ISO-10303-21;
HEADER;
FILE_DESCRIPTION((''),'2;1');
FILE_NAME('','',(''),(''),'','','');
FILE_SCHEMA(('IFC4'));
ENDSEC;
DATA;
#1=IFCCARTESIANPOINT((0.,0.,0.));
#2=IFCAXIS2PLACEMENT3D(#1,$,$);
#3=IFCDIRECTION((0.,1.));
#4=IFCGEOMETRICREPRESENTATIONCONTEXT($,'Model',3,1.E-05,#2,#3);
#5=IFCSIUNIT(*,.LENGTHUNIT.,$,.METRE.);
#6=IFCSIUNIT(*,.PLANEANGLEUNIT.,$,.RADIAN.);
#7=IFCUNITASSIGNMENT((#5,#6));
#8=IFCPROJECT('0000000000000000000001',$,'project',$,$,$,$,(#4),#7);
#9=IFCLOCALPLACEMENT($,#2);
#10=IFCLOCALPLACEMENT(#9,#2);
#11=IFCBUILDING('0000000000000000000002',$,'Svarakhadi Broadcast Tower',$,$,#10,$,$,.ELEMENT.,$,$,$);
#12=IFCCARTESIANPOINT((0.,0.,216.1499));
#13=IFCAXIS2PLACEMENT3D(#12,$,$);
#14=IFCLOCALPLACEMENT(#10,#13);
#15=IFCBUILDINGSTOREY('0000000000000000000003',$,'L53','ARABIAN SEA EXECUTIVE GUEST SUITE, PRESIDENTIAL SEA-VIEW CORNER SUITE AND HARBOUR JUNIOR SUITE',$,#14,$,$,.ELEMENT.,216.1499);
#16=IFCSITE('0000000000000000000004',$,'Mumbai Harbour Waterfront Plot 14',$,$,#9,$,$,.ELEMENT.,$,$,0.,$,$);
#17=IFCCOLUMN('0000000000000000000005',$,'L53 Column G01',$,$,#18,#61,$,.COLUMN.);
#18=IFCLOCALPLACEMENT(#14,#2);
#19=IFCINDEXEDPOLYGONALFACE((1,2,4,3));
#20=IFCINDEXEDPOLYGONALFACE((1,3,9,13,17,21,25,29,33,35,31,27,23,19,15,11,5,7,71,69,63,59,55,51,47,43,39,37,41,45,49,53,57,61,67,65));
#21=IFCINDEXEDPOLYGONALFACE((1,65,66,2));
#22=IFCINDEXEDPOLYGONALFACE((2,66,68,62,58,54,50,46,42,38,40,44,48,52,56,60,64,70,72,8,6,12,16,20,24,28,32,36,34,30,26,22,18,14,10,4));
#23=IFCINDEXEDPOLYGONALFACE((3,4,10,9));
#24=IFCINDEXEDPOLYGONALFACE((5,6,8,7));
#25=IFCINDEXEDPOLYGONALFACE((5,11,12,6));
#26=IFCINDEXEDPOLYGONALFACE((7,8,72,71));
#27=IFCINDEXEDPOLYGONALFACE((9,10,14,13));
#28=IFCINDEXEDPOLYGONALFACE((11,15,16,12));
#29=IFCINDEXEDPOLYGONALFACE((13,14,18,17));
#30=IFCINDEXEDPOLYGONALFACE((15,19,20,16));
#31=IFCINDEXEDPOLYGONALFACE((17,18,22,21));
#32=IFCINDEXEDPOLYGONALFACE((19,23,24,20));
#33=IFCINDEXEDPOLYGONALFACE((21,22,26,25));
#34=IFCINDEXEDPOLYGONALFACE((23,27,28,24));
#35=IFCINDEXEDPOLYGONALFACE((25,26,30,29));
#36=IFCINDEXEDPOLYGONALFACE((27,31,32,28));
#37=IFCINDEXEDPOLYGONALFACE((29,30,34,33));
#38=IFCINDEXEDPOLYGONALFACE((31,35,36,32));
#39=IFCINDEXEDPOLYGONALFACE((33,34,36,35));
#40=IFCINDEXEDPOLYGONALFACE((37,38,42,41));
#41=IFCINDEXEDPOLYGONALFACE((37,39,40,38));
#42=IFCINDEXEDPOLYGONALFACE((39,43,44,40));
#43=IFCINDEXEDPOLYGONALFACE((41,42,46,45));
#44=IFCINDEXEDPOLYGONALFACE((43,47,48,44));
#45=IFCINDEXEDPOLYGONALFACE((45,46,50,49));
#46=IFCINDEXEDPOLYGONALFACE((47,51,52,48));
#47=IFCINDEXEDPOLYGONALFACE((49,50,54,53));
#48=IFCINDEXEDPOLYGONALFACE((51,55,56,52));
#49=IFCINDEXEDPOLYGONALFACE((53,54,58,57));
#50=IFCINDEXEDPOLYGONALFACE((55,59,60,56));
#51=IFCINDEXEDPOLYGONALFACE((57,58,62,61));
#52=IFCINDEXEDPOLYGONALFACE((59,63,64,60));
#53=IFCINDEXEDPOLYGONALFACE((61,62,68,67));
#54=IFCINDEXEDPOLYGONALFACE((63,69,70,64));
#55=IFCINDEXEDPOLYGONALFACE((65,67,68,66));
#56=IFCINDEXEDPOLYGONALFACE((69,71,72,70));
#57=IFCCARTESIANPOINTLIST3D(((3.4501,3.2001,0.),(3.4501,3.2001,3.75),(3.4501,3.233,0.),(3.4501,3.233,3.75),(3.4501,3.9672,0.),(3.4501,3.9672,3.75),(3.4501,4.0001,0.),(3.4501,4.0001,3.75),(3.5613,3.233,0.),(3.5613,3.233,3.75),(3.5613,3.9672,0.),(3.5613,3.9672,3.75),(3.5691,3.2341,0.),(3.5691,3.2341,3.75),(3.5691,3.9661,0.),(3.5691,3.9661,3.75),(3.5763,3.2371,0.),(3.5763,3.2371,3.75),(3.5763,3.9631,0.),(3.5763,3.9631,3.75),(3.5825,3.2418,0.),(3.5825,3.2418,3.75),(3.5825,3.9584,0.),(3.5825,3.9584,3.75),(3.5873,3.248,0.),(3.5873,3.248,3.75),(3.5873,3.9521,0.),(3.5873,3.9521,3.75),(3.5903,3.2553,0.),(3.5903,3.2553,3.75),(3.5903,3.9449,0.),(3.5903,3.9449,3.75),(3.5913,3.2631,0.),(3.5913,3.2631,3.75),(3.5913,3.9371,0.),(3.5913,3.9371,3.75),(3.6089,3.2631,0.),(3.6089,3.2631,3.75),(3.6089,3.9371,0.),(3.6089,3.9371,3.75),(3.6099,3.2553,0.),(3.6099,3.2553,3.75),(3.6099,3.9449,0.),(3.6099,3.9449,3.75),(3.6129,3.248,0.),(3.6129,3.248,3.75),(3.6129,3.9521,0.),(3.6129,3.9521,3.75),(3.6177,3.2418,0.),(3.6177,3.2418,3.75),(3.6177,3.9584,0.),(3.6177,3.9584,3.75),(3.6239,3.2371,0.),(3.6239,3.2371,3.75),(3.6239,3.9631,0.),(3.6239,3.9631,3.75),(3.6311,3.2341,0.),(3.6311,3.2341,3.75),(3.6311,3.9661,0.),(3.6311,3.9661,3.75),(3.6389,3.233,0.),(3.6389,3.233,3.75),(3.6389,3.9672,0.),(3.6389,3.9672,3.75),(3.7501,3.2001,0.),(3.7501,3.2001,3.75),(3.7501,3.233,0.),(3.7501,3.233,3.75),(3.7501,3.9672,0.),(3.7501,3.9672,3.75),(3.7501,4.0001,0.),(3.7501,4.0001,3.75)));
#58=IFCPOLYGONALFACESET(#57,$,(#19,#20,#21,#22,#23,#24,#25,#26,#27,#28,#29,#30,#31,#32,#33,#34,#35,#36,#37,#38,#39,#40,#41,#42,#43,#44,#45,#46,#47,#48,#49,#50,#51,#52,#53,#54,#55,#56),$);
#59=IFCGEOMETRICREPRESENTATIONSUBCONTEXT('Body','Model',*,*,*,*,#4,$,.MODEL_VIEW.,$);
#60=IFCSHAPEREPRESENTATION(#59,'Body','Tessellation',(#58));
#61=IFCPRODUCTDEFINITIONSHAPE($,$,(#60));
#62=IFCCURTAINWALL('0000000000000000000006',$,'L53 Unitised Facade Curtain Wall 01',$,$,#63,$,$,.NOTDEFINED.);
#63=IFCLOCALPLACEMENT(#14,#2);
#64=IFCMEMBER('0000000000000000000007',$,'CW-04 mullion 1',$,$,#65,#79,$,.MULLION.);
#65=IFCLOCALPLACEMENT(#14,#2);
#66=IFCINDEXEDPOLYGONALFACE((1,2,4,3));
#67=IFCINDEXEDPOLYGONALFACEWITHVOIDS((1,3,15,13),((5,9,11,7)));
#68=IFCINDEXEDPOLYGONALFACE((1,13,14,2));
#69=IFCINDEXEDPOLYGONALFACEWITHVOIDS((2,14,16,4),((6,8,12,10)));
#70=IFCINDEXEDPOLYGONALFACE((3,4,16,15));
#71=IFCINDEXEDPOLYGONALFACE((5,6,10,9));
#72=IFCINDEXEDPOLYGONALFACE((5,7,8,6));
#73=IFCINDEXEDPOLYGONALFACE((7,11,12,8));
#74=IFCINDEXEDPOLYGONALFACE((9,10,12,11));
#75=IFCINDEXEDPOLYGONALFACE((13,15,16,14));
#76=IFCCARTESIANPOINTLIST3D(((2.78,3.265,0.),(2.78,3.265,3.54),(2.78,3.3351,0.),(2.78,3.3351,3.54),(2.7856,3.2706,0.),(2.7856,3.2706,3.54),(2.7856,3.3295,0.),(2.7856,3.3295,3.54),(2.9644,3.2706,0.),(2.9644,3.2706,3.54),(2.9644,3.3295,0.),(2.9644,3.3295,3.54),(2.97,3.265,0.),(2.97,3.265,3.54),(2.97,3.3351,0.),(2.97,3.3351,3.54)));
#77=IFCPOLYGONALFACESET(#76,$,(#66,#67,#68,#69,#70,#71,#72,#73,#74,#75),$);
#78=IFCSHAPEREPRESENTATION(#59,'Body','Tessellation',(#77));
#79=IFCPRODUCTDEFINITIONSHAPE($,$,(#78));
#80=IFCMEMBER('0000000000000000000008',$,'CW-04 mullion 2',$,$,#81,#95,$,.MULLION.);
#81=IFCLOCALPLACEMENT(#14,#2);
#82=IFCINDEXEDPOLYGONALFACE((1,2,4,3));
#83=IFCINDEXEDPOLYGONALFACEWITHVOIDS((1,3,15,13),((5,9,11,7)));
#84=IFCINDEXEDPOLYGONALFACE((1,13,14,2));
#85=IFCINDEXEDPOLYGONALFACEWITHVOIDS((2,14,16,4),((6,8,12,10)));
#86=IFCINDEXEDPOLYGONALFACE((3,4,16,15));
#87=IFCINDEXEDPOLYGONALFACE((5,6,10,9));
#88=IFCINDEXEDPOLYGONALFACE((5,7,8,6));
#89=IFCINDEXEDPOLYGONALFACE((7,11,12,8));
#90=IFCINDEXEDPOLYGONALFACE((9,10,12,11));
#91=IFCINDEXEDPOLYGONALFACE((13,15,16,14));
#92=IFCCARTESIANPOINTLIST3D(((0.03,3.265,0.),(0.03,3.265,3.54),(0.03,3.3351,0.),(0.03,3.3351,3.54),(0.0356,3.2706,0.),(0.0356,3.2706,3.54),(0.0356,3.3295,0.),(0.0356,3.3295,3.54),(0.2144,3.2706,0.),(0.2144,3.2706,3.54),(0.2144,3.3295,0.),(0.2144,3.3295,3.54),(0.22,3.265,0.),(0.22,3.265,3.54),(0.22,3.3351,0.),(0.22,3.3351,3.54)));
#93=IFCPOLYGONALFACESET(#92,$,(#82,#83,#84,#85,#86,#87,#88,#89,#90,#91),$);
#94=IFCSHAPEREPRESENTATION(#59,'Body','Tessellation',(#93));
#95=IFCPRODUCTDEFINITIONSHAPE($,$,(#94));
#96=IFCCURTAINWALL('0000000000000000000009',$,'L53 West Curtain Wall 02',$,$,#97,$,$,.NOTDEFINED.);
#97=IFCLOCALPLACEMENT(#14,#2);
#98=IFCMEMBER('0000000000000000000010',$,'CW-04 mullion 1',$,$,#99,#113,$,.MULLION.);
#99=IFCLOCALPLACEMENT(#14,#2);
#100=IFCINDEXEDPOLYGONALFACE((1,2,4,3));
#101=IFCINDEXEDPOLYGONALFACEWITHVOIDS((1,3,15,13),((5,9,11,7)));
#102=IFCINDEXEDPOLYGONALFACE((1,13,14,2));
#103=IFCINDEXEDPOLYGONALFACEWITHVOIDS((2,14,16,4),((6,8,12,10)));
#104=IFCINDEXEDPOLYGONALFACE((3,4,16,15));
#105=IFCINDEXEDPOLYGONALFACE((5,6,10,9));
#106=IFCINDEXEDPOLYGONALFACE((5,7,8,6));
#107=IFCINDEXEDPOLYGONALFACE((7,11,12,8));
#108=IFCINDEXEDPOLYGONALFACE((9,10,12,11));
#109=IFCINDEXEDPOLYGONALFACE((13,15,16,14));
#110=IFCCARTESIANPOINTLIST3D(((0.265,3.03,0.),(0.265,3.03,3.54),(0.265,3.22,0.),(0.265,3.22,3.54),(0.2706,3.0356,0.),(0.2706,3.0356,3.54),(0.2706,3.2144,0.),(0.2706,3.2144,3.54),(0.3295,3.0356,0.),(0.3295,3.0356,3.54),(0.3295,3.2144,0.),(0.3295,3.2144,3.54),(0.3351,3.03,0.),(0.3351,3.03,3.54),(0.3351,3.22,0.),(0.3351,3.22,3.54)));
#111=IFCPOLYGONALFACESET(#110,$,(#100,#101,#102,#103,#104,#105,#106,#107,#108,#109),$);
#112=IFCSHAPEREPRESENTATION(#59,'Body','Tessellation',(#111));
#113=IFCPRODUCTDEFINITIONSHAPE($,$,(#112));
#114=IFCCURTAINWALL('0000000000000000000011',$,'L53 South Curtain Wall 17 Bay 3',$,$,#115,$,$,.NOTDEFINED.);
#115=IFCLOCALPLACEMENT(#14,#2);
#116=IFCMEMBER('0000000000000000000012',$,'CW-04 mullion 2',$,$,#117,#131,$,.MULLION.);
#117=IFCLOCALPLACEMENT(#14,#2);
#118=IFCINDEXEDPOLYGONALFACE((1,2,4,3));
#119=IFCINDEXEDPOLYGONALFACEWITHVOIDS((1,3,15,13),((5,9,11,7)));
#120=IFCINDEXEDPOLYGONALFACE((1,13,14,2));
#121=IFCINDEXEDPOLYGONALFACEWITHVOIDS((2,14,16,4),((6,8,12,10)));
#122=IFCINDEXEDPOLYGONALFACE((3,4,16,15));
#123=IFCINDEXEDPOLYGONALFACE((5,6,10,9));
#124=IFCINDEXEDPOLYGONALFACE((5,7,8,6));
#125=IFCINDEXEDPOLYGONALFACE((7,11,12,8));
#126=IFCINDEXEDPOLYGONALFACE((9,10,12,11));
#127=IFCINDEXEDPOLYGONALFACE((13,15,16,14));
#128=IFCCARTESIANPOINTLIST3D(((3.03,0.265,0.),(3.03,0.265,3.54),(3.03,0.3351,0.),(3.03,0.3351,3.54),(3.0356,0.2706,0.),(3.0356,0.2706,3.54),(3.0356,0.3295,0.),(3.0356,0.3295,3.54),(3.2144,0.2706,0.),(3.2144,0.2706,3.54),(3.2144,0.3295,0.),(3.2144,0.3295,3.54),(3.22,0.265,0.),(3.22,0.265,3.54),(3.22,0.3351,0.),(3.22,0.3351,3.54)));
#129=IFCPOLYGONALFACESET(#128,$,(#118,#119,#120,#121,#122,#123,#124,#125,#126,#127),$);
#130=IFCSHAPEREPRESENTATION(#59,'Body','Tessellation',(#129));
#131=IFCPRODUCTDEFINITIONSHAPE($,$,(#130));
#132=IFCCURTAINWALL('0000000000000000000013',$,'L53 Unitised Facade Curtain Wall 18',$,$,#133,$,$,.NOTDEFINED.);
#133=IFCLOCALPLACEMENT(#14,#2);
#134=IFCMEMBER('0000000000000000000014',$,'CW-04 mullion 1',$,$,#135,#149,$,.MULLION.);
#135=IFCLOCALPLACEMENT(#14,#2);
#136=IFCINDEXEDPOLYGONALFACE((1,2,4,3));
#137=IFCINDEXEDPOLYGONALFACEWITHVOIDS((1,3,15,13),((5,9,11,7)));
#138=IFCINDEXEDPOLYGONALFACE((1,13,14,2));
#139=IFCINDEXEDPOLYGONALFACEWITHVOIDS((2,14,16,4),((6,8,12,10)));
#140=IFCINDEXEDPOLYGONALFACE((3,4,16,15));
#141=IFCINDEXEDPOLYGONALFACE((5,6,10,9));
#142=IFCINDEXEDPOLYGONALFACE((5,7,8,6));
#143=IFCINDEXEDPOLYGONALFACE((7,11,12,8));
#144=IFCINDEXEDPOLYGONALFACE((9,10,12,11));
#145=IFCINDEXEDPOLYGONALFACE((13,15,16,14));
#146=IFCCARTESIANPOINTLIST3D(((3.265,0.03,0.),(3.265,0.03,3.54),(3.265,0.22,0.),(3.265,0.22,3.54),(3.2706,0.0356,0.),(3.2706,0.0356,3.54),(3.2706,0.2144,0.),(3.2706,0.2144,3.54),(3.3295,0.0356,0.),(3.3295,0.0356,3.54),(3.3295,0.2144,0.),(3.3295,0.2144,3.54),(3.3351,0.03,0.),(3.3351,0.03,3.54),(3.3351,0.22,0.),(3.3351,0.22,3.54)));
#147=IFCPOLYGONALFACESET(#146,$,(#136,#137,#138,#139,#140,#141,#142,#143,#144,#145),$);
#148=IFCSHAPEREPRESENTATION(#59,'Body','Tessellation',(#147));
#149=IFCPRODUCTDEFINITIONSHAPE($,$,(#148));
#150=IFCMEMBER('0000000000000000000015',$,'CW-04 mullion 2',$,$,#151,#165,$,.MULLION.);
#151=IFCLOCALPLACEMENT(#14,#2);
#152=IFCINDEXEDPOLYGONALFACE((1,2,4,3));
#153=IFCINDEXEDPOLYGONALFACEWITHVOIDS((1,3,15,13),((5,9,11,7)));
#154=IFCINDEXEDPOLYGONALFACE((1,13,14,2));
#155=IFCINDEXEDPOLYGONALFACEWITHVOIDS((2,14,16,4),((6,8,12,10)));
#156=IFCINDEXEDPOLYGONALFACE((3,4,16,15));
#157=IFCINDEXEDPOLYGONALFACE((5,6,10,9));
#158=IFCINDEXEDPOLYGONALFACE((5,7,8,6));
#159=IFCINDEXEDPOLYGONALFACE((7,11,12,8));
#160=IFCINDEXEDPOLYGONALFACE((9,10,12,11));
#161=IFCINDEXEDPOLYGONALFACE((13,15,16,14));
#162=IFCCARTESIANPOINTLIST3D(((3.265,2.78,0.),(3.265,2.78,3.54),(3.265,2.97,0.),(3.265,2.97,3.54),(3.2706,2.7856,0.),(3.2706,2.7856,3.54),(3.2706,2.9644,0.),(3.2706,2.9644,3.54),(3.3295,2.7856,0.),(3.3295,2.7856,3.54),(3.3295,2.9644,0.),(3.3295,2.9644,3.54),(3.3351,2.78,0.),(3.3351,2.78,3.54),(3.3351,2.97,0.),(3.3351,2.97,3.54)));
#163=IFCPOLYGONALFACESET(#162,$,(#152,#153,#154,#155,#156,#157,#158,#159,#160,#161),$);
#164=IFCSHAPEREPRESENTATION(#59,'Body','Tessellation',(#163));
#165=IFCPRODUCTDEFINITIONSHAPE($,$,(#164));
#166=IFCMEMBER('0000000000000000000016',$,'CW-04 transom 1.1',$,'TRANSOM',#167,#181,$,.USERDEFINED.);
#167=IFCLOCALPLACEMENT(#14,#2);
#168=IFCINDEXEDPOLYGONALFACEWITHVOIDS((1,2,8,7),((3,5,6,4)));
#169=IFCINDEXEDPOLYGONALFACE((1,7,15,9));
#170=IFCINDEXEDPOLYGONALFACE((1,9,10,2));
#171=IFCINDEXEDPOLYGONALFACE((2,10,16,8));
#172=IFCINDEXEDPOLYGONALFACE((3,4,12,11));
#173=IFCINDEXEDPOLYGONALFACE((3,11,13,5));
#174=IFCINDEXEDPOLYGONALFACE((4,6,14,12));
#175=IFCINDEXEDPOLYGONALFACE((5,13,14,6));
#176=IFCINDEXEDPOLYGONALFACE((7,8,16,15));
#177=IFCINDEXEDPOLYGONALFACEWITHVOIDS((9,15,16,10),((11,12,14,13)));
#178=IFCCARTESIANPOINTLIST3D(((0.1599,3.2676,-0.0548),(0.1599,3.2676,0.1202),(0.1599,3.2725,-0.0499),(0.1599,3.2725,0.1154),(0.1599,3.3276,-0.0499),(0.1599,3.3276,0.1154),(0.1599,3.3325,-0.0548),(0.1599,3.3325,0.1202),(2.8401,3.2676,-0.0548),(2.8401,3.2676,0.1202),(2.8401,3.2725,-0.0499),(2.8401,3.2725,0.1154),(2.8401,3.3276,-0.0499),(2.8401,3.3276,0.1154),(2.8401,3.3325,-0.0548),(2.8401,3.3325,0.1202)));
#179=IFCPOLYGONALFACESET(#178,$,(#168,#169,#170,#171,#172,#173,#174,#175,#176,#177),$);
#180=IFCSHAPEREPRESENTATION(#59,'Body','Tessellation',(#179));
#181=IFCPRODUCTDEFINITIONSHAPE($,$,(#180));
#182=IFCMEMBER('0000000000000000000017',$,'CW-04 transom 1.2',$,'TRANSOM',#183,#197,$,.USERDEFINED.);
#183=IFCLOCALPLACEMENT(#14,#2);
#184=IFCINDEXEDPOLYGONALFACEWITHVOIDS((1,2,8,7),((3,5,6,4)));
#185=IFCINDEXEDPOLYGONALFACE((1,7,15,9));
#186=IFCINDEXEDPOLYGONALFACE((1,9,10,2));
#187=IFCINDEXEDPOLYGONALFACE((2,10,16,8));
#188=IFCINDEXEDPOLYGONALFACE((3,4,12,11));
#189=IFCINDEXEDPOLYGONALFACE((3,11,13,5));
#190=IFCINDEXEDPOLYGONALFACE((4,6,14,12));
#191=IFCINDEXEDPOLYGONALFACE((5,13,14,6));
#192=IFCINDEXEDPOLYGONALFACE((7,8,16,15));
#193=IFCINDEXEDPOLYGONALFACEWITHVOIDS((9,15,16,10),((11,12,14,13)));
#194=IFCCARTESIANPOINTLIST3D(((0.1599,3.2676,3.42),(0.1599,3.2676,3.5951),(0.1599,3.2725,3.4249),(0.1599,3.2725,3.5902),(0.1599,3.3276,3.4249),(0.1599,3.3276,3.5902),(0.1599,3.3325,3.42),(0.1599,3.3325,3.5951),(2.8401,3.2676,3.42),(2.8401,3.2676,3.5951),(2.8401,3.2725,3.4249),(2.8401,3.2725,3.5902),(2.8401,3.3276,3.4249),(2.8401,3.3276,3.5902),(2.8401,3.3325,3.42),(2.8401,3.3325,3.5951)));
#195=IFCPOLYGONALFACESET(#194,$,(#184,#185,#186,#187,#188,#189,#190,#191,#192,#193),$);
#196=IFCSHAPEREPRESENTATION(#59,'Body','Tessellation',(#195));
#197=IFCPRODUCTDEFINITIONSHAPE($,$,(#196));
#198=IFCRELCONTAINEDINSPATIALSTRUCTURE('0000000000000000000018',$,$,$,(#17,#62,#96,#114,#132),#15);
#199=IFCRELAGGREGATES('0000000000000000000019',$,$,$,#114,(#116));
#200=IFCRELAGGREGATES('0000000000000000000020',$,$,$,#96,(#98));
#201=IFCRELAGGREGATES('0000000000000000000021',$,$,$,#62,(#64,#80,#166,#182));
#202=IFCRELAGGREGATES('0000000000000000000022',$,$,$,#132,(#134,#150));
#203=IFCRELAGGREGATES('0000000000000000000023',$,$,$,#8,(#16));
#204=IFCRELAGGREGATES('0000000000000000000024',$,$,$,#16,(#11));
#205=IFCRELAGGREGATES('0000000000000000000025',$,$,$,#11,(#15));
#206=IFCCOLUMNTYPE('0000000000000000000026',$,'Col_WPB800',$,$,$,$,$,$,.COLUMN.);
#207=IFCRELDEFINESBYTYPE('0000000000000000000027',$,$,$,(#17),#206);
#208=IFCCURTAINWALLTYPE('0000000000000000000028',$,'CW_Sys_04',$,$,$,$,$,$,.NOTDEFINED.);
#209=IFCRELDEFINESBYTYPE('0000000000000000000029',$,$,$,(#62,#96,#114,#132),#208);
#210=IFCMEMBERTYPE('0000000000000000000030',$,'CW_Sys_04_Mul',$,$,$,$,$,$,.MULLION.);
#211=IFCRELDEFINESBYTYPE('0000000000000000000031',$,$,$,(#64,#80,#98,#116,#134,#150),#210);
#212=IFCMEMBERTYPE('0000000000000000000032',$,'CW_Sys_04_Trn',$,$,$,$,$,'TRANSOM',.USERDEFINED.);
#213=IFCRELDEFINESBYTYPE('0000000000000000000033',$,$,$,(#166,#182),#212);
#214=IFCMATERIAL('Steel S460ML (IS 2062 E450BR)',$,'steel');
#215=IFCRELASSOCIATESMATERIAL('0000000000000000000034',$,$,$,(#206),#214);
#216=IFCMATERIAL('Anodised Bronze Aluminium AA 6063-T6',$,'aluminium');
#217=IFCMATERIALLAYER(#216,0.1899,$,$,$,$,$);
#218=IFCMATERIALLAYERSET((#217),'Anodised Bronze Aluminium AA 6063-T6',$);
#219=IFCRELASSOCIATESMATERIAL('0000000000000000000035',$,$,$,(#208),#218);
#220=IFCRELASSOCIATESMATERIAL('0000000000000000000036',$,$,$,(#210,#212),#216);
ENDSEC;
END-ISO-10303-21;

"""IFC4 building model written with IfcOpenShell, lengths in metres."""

from ifc_helpers import new_model, si_unit, direction, frame, origin, origin_2d, place, context, subcontext, project, spatial, hollow_rectangle, i_section, extrude, material, layer, layer_set, material_profile, profile_set, type_object, element, aggregate, save


model = new_model("IFC4")

# Units and contexts
model_context = context("Model", 3, precision=1e-05, world=origin(), true_north=direction((0.0, 1.0)))
body_context = subcontext(model_context, "Body", "Model", "MODEL_VIEW")
ifc_project = project(units=[si_unit("LENGTHUNIT", "METRE"), si_unit("PLANEANGLEUNIT", "RADIAN")], contexts=[model_context])

# Site, building, storey
site_placement = place(None, origin())
site = spatial("IfcSite", under=ifc_project, at=site_placement, Name="Mumbai Harbour Waterfront Plot 14", CompositionType="ELEMENT", RefElevation=0.0)
building_placement = place(site_placement, origin())
building = spatial("IfcBuilding", under=site, at=building_placement, Name="Svarakhadi Broadcast Tower", CompositionType="ELEMENT")
storey_placement = place(building_placement, frame((0.0, 0.0, 216.1499)))
storey = spatial("IfcBuildingStorey", under=building, at=storey_placement, Name="L53", Description="ARABIAN SEA EXECUTIVE GUEST SUITE, PRESIDENTIAL SEA-VIEW CORNER SUITE AND HARBOUR JUNIOR SUITE", CompositionType="ELEMENT", Elevation=216.1499)

# Column
ifc_material_1 = material(Name="Steel S460ML (IS 2062 E450BR)", Category="steel")
ifc_material_profile_1 = material_profile(ifc_material_1, i_section(OverallWidth=0.3, OverallDepth=0.8, WebThickness=0.0176, FlangeThickness=0.033, FilletRadius=0.03, at=origin_2d()), Name="WPB 800x300x262")
ifc_profile_set_1 = profile_set([ifc_material_profile_1], Name="Steel S460ML (IS 2062 E450BR)")
column_type = type_object("IfcColumnType", Name="Col_WPB800", PredefinedType="COLUMN", material=ifc_profile_set_1)
column_placement = place(storey_placement, frame((3.6001, 3.6001, 0.0), z_axis=(0.0, 0.0, 1.0), x_axis=(1.0, 0.0, 0.0)))
element("IfcColumn", 1, at=column_placement, inside=storey, type_object=column_type, Name="L53 Column G01", PredefinedType="COLUMN", context=body_context, shape_type="SweptSolid", body=[
    extrude(i_section(OverallWidth=0.3, OverallDepth=0.8, WebThickness=0.0176, FlangeThickness=0.033, FilletRadius=0.03, at=origin_2d()), origin(), (0.0, 0.0, 1.0), 3.75),
])

# Curtain wall, members
ifc_material_2 = material(Name="Anodised Bronze Aluminium AA 6063-T6", Category="aluminium")
ifc_layer_1 = layer(ifc_material_2, 0.1899)
ifc_layer_set_1 = layer_set([ifc_layer_1], Name="Anodised Bronze Aluminium AA 6063-T6")
curtain_wall_type = type_object("IfcCurtainWallType", Name="CW_Sys_04", PredefinedType="NOTDEFINED", material=ifc_layer_set_1)
curtain_wall_1_placement = place(storey_placement, origin())
curtain_wall_1 = element("IfcCurtainWall", 2, at=curtain_wall_1_placement, inside=storey, type_object=curtain_wall_type, Name="L53 Unitised Facade Curtain Wall 01", PredefinedType="NOTDEFINED")
ifc_material_profile_2 = material_profile(ifc_material_2, hollow_rectangle(XDim=0.0701, YDim=0.1899, WallThickness=0.0056, at=origin_2d()), Name="ALU MULLION 190x70x6")
ifc_profile_set_2 = profile_set([ifc_material_profile_2], Name="Anodised Bronze Aluminium AA 6063-T6")
member_type_1 = type_object("IfcMemberType", Name="CW_Sys_04_Mul", PredefinedType="MULLION", material=ifc_profile_set_2)
member_1_placement = place(storey_placement, frame((2.875, 3.3, 0.0), z_axis=(0.0, 0.0, 1.0), x_axis=(0.0, -1.0, 0.0)))
member_1 = element("IfcMember", 3, at=member_1_placement, type_object=member_type_1, Name="CW-04 mullion 1", PredefinedType="MULLION", context=body_context, shape_type="SweptSolid", body=[
    extrude(hollow_rectangle(XDim=0.0701, YDim=0.1899, WallThickness=0.0056, at=origin_2d()), origin(), (0.0, 0.0, 1.0), 3.54),
])
member_2_placement = place(storey_placement, frame((0.125, 3.3, 0.0), z_axis=(0.0, 0.0, 1.0), x_axis=(0.0, -1.0, 0.0)))
member_2 = element("IfcMember", 4, at=member_2_placement, type_object=member_type_1, Name="CW-04 mullion 2", PredefinedType="MULLION", context=body_context, shape_type="SweptSolid", body=[
    extrude(hollow_rectangle(XDim=0.0701, YDim=0.1899, WallThickness=0.0056, at=origin_2d()), origin(), (0.0, 0.0, 1.0), 3.54),
])

# Curtain walls, members
curtain_wall_2_placement = place(storey_placement, origin())
curtain_wall_2 = element("IfcCurtainWall", 5, at=curtain_wall_2_placement, inside=storey, type_object=curtain_wall_type, Name="L53 West Curtain Wall 02", PredefinedType="NOTDEFINED")
member_3_placement = place(storey_placement, frame((0.3, 3.125, 0.0), z_axis=(0.0, 0.0, 1.0), x_axis=(-1.0, 0.0, 0.0)))
member_3 = element("IfcMember", 6, at=member_3_placement, type_object=member_type_1, Name="CW-04 mullion 1", PredefinedType="MULLION", context=body_context, shape_type="SweptSolid", body=[
    extrude(hollow_rectangle(XDim=0.0701, YDim=0.1899, WallThickness=0.0056, at=origin_2d()), origin(), (0.0, 0.0, 1.0), 3.54),
])
curtain_wall_3_placement = place(storey_placement, origin())
curtain_wall_3 = element("IfcCurtainWall", 7, at=curtain_wall_3_placement, inside=storey, type_object=curtain_wall_type, Name="L53 South Curtain Wall 17 Bay 3", PredefinedType="NOTDEFINED")
member_4_placement = place(storey_placement, frame((3.125, 0.3, 0.0), z_axis=(0.0, 0.0, 1.0), x_axis=(0.0, -1.0, 0.0)))
member_4 = element("IfcMember", 8, at=member_4_placement, type_object=member_type_1, Name="CW-04 mullion 2", PredefinedType="MULLION", context=body_context, shape_type="SweptSolid", body=[
    extrude(hollow_rectangle(XDim=0.0701, YDim=0.1899, WallThickness=0.0056, at=origin_2d()), origin(), (0.0, 0.0, 1.0), 3.54),
])
aggregate(curtain_wall_3, [member_4])

# Curtain wall, members
curtain_wall_4_placement = place(storey_placement, origin())
curtain_wall_4 = element("IfcCurtainWall", 9, at=curtain_wall_4_placement, inside=storey, type_object=curtain_wall_type, Name="L53 Unitised Facade Curtain Wall 18", PredefinedType="NOTDEFINED")
member_5_placement = place(storey_placement, frame((3.3, 0.125, 0.0), z_axis=(0.0, 0.0, 1.0), x_axis=(-1.0, 0.0, 0.0)))
member_5 = element("IfcMember", 10, at=member_5_placement, type_object=member_type_1, Name="CW-04 mullion 1", PredefinedType="MULLION", context=body_context, shape_type="SweptSolid", body=[
    extrude(hollow_rectangle(XDim=0.0701, YDim=0.1899, WallThickness=0.0056, at=origin_2d()), origin(), (0.0, 0.0, 1.0), 3.54),
])
member_6_placement = place(storey_placement, frame((3.3, 2.875, 0.0), z_axis=(0.0, 0.0, 1.0), x_axis=(-1.0, 0.0, 0.0)))
member_6 = element("IfcMember", 11, at=member_6_placement, type_object=member_type_1, Name="CW-04 mullion 2", PredefinedType="MULLION", context=body_context, shape_type="SweptSolid", body=[
    extrude(hollow_rectangle(XDim=0.0701, YDim=0.1899, WallThickness=0.0056, at=origin_2d()), origin(), (0.0, 0.0, 1.0), 3.54),
])

# Members
ifc_material_profile_3 = material_profile(ifc_material_2, hollow_rectangle(XDim=0.0649, YDim=0.175, WallThickness=0.0049, at=origin_2d()), Name="ALU TRANSOM 175x65x5")
ifc_profile_set_3 = profile_set([ifc_material_profile_3], Name="Anodised Bronze Aluminium AA 6063-T6")
member_type_2 = type_object("IfcMemberType", Name="CW_Sys_04_Trn", ElementType="TRANSOM", PredefinedType="USERDEFINED", material=ifc_profile_set_3)
member_7_placement = place(storey_placement, frame((2.8401, 3.3, 0.0327), z_axis=(-1.0, 0.0, 0.0), x_axis=(0.0, -1.0, 0.0)))
member_7 = element("IfcMember", 12, at=member_7_placement, type_object=member_type_2, Name="CW-04 transom 1.1", ObjectType="TRANSOM", PredefinedType="USERDEFINED", context=body_context, shape_type="SweptSolid", body=[
    extrude(hollow_rectangle(XDim=0.0649, YDim=0.175, WallThickness=0.0049, at=origin_2d()), origin(), (0.0, 0.0, 1.0), 2.6802),
])
member_8_placement = place(storey_placement, frame((2.8401, 3.3, 3.5076), z_axis=(-1.0, 0.0, 0.0), x_axis=(0.0, -1.0, 0.0)))
member_8 = element("IfcMember", 13, at=member_8_placement, type_object=member_type_2, Name="CW-04 transom 1.2", ObjectType="TRANSOM", PredefinedType="USERDEFINED", context=body_context, shape_type="SweptSolid", body=[
    extrude(hollow_rectangle(XDim=0.0649, YDim=0.175, WallThickness=0.0049, at=origin_2d()), origin(), (0.0, 0.0, 1.0), 2.6802),
])
aggregate(curtain_wall_2, [member_3])

aggregate(curtain_wall_1, [member_1, member_2, member_7, member_8])
aggregate(curtain_wall_4, [member_5, member_6])

save(model, "model.ifc")
